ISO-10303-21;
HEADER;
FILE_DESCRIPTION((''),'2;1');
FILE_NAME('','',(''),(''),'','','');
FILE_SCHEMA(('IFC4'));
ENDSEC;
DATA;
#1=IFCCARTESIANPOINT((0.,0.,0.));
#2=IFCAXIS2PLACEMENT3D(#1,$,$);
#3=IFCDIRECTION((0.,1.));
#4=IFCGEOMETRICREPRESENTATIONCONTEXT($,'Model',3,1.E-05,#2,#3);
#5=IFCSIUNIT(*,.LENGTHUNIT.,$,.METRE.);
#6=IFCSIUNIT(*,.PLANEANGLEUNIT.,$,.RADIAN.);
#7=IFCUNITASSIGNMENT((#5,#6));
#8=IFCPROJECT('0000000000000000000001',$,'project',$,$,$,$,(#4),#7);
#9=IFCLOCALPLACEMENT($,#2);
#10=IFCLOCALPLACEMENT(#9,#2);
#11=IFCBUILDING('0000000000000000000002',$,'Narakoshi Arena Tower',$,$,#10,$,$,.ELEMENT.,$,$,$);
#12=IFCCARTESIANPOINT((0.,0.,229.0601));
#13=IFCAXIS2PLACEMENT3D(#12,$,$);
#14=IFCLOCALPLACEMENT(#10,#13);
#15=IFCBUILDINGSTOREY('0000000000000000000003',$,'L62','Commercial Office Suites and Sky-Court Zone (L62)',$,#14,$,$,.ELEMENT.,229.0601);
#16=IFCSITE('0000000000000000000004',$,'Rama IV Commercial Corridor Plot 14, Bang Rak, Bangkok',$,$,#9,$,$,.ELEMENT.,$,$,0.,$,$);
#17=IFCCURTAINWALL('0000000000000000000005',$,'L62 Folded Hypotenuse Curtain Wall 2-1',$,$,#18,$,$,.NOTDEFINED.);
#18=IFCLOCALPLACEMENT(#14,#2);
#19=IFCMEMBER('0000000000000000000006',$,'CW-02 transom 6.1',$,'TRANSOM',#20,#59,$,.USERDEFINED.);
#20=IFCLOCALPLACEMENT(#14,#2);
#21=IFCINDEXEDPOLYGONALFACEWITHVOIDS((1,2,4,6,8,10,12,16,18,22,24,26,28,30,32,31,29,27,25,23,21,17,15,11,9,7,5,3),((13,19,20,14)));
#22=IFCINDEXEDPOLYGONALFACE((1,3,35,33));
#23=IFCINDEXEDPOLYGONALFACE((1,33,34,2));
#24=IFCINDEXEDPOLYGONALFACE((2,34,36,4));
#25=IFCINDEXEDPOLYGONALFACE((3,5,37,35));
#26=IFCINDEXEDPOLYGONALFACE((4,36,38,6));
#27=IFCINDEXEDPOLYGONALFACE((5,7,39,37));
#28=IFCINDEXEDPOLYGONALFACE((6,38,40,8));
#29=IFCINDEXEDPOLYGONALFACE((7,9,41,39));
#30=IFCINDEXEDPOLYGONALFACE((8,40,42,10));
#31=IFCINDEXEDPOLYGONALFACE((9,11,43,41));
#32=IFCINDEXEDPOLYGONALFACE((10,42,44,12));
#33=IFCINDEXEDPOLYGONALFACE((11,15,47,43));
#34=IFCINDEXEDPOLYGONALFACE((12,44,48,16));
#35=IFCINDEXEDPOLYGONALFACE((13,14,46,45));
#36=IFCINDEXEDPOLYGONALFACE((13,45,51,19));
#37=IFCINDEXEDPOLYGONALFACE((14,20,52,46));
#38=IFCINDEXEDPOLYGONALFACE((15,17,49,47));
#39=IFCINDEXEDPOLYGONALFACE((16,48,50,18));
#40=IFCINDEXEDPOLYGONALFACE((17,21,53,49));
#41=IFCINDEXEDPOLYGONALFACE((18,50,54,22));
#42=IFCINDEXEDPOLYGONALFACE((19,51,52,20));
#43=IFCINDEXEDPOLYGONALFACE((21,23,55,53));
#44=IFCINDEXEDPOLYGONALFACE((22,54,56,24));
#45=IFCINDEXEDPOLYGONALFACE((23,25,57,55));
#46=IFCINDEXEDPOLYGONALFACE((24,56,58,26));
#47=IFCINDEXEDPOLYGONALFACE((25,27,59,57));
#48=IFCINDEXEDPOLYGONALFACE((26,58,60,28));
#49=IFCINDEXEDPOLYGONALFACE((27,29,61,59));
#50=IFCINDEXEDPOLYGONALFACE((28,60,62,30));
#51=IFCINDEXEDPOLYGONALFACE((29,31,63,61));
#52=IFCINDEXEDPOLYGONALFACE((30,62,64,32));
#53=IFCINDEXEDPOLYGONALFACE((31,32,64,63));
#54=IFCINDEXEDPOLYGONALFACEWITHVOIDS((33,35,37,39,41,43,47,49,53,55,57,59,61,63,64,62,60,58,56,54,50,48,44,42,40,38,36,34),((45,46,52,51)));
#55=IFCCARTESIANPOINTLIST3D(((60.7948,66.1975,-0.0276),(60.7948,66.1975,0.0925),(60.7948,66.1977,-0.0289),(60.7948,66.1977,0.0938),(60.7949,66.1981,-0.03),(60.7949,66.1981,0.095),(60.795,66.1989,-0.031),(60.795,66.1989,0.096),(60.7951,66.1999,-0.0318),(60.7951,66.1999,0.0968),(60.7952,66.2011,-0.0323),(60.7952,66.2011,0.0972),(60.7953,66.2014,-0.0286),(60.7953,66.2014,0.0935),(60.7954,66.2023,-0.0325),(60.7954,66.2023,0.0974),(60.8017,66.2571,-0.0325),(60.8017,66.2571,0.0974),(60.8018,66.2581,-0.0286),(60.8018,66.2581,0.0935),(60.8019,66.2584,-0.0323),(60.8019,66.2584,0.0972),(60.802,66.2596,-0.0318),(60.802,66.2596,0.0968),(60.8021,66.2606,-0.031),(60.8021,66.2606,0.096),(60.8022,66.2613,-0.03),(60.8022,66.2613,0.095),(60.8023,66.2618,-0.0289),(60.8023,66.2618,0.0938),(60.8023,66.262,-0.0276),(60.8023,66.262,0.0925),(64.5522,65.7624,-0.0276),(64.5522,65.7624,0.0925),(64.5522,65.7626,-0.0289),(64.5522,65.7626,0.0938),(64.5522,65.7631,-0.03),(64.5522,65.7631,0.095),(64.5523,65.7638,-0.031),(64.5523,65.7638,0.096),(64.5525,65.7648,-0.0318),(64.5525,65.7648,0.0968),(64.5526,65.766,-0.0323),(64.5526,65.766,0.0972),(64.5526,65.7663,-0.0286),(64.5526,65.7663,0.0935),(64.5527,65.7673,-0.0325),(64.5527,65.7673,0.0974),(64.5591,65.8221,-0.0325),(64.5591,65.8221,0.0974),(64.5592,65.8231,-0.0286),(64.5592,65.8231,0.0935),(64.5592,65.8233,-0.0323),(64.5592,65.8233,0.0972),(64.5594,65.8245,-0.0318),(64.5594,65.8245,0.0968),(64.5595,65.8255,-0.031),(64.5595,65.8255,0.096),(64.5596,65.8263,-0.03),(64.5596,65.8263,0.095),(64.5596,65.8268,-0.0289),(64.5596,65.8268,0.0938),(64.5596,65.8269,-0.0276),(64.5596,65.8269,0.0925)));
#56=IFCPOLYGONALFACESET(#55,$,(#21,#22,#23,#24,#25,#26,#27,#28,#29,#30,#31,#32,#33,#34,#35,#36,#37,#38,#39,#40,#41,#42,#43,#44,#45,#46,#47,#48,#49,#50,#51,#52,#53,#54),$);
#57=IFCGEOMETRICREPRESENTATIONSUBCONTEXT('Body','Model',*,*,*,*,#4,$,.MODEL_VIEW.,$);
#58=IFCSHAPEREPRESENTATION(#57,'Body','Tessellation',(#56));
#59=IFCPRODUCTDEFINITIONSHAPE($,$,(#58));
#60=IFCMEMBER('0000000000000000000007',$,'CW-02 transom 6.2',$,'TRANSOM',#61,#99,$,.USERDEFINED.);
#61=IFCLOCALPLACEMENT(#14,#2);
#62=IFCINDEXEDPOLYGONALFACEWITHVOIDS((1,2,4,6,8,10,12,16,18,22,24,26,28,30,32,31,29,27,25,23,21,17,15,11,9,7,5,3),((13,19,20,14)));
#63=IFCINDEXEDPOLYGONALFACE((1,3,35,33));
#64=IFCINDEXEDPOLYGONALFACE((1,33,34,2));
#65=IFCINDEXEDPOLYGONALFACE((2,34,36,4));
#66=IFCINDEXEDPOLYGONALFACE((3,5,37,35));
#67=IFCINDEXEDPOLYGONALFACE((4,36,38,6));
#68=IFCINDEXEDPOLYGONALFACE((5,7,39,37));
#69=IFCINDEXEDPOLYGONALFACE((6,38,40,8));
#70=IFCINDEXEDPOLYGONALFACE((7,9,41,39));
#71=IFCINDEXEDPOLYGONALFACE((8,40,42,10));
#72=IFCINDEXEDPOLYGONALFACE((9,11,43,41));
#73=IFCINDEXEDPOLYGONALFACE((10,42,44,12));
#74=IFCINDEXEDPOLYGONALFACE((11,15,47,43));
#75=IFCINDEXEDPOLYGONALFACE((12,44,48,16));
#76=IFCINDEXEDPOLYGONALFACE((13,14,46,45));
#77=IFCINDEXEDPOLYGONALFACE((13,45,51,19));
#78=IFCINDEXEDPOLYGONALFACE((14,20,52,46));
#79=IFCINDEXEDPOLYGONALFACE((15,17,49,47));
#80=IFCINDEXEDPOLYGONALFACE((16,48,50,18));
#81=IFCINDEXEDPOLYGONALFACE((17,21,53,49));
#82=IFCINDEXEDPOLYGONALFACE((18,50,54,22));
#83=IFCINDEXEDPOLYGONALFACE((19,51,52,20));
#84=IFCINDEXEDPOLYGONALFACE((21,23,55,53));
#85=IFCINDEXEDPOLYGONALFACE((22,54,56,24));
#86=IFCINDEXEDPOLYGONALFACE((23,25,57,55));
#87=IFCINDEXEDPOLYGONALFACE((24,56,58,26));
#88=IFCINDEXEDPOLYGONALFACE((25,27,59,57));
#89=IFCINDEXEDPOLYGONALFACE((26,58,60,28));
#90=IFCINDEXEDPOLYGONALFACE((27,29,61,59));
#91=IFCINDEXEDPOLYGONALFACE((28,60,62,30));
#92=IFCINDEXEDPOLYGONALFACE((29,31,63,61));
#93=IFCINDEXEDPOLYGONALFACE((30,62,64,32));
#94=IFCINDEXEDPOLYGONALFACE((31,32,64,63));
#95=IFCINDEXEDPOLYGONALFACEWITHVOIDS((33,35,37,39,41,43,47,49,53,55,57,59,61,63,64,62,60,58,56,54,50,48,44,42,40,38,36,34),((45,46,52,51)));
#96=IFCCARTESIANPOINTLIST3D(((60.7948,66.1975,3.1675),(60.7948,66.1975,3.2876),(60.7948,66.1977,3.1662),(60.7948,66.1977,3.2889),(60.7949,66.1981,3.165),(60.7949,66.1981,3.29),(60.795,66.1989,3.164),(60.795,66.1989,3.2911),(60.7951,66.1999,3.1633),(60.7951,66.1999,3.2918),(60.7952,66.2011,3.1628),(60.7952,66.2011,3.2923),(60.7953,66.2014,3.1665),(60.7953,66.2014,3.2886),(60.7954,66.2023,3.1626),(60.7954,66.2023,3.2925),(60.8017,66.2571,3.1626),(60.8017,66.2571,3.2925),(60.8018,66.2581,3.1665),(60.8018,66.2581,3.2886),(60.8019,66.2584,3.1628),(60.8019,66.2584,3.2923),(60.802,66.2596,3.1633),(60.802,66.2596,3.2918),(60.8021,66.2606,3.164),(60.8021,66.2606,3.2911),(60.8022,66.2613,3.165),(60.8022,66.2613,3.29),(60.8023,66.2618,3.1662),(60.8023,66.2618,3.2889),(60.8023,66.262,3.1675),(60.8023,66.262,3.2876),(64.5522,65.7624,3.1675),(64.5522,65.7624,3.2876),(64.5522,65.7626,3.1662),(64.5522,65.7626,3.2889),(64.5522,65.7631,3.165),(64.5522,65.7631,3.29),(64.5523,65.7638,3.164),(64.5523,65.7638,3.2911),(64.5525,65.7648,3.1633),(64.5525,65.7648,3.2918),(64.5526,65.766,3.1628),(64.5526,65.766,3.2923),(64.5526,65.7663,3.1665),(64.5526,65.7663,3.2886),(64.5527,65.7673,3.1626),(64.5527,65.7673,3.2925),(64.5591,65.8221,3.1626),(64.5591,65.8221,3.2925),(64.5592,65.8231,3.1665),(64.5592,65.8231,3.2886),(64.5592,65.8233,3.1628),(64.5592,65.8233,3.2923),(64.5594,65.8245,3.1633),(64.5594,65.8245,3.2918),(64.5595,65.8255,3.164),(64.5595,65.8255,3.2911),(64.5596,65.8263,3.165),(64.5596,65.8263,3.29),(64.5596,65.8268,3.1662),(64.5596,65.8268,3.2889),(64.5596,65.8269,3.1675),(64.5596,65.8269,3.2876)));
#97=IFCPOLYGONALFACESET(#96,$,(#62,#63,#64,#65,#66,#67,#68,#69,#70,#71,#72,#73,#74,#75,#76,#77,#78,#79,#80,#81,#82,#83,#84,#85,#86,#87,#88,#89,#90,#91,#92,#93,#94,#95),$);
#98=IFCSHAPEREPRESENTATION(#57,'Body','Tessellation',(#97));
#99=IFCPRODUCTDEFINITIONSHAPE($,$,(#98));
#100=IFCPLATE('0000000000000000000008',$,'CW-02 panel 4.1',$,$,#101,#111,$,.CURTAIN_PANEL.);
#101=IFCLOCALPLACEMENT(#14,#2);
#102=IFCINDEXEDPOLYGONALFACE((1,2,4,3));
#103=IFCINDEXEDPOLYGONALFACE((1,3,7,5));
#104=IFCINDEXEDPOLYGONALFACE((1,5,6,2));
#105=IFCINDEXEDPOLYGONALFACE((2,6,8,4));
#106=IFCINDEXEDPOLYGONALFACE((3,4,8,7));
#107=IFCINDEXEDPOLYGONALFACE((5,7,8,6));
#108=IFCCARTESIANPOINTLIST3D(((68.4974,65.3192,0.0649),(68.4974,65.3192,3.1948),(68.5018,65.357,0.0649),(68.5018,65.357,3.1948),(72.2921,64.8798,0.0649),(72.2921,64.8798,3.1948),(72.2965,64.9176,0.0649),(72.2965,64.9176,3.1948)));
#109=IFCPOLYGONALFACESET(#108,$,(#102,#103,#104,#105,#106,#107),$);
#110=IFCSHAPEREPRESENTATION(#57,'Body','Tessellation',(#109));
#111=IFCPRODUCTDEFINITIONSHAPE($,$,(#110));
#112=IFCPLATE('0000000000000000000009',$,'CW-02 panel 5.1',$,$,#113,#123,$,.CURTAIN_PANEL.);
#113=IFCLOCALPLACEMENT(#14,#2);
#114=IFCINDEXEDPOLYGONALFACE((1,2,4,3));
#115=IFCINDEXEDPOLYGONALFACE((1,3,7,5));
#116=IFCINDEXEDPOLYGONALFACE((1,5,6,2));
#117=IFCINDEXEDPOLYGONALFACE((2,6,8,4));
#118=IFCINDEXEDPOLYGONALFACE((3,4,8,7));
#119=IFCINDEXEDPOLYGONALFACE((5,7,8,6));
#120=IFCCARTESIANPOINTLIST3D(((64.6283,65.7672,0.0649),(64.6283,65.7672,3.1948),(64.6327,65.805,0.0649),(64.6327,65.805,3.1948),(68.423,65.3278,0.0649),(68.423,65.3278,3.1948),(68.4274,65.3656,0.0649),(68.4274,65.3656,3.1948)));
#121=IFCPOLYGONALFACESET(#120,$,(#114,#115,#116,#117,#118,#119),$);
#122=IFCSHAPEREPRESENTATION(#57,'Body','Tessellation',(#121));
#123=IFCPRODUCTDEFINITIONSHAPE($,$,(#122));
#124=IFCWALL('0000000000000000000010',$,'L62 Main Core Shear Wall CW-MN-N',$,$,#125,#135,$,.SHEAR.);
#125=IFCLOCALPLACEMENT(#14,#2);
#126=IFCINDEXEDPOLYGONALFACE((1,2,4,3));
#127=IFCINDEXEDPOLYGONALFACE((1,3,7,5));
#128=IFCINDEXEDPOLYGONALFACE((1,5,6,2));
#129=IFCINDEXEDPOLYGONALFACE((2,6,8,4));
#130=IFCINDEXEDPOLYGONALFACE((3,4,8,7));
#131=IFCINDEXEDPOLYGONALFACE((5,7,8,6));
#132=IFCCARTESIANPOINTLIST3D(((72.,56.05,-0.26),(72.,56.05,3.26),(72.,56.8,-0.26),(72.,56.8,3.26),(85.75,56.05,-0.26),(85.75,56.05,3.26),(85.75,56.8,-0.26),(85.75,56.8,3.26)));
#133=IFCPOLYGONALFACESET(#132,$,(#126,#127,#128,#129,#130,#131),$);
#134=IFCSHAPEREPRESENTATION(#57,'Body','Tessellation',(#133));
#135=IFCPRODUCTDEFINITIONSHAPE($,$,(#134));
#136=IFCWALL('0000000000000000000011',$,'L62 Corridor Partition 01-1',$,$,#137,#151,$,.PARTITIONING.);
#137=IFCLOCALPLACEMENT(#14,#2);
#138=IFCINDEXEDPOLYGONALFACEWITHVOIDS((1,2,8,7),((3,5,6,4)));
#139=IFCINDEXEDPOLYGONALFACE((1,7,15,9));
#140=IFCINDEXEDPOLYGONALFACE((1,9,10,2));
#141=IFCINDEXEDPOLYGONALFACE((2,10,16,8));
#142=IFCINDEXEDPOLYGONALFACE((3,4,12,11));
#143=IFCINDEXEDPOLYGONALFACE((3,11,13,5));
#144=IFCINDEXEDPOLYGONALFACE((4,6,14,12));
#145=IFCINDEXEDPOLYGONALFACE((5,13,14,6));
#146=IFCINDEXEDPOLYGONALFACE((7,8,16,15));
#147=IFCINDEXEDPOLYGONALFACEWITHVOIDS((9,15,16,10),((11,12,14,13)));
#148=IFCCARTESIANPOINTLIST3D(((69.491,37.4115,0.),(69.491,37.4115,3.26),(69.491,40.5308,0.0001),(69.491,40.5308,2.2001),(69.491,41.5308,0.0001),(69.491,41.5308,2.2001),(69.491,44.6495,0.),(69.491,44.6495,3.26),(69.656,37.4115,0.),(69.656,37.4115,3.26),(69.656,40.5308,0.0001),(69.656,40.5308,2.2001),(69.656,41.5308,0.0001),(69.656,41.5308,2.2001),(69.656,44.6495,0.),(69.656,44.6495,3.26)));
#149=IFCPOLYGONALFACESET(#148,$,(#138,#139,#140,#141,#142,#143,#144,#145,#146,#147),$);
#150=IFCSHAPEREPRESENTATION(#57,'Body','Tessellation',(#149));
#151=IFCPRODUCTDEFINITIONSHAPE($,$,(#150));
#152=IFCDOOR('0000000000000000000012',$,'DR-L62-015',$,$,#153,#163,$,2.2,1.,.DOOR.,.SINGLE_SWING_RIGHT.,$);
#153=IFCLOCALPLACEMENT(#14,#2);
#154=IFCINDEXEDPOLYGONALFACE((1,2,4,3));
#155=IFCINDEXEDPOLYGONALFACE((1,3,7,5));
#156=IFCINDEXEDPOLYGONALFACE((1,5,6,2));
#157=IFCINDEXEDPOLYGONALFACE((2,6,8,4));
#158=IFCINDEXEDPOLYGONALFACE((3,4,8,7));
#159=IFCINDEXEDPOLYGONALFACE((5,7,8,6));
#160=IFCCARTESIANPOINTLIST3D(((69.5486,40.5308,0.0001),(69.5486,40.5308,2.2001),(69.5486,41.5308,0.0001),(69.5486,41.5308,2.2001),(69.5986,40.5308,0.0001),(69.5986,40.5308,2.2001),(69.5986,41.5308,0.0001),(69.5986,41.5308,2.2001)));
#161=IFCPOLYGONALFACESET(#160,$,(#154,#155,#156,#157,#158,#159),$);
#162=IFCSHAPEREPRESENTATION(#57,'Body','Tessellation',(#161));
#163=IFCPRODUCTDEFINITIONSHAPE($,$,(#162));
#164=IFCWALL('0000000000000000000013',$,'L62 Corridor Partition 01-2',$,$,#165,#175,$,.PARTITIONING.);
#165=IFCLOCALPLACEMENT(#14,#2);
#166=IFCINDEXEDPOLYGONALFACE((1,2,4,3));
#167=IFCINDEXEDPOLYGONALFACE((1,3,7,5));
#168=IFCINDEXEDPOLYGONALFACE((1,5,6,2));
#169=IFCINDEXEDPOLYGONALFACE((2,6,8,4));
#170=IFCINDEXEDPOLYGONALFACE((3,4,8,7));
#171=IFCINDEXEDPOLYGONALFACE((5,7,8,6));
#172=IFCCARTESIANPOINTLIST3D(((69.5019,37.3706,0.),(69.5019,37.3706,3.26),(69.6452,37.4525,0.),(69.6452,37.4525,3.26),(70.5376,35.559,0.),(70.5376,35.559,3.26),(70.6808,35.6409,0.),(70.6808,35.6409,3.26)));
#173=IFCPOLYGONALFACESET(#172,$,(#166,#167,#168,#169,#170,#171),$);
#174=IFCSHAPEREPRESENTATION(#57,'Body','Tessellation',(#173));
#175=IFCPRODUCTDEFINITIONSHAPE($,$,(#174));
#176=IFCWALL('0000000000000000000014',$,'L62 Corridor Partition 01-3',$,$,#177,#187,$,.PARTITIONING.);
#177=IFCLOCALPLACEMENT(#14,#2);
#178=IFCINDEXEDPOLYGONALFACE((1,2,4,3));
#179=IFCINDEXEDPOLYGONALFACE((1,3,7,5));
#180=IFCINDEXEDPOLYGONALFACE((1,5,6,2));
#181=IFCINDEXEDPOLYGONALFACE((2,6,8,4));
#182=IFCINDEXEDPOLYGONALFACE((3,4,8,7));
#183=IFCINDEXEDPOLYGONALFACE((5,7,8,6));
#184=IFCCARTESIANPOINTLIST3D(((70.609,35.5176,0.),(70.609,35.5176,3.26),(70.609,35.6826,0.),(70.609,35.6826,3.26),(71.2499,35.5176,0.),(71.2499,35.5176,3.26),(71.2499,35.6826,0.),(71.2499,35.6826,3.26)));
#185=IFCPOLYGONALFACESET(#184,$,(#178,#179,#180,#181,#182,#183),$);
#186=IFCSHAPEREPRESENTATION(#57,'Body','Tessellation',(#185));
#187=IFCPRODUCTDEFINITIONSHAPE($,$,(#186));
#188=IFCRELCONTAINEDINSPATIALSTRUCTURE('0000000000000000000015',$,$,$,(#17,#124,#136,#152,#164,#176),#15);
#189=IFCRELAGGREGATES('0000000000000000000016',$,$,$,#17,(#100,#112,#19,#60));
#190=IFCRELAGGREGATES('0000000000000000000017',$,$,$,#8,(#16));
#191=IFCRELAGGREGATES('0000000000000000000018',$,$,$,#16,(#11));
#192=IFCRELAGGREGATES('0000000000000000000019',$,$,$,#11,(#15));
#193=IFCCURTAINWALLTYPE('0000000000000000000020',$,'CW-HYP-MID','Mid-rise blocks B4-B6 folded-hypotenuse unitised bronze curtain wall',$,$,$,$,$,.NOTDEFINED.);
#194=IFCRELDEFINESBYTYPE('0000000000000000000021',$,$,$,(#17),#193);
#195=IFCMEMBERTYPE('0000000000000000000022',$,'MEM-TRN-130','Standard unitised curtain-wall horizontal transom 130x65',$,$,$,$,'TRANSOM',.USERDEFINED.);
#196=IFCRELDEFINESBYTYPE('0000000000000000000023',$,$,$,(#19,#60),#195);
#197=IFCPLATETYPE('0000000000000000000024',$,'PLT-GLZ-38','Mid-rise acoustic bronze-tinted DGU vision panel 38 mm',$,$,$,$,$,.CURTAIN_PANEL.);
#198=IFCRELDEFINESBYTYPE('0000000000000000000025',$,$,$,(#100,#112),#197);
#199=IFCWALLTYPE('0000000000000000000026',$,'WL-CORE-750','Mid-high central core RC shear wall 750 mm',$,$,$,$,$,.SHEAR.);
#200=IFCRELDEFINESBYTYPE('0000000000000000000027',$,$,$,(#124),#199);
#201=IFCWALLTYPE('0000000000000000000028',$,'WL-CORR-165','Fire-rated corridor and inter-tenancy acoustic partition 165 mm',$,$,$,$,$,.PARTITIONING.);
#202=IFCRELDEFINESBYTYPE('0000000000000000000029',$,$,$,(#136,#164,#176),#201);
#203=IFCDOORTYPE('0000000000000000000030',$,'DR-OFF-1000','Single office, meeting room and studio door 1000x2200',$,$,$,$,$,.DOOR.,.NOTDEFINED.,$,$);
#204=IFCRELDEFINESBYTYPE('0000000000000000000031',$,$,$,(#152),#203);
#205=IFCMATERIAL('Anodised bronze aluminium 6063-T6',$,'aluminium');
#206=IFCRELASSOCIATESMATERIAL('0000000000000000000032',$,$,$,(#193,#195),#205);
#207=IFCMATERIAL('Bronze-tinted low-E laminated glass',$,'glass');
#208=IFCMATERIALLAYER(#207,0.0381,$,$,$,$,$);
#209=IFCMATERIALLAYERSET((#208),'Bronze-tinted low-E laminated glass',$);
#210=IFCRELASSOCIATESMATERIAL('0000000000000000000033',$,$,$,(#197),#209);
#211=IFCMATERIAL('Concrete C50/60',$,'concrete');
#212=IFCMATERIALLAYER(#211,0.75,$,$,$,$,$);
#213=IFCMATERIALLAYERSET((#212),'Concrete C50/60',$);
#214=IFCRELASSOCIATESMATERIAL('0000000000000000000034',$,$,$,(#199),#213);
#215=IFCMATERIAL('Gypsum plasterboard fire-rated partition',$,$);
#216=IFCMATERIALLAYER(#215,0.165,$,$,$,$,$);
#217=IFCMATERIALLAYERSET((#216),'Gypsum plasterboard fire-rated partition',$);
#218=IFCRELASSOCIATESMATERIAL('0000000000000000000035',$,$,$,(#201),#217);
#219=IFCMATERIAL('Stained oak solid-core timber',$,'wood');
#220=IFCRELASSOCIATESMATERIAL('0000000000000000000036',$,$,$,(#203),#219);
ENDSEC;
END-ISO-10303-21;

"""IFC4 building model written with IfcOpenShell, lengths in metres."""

from ifc_helpers import new_model, si_unit, direction, frame, frame_2d, origin, origin_2d, place, context, subcontext, project, spatial, rectangle, hollow_rectangle, extrude, material, layer, layer_set, material_profile, profile_set, type_object, element, fill, aggregate, save


model = new_model("IFC4")

# Units and contexts
model_context = context("Model", 3, precision=1e-05, world=origin(), true_north=direction((0.0, 1.0)))
body_context = subcontext(model_context, "Body", "Model", "MODEL_VIEW")
ifc_project = project(units=[si_unit("LENGTHUNIT", "METRE"), si_unit("PLANEANGLEUNIT", "RADIAN")], contexts=[model_context])

# Site, building, storey
site_placement = place(None, origin())
site = spatial("IfcSite", under=ifc_project, at=site_placement, Name="Rama IV Commercial Corridor Plot 14, Bang Rak, Bangkok", CompositionType="ELEMENT", RefElevation=0.0)
building_placement = place(site_placement, origin())
building = spatial("IfcBuilding", under=site, at=building_placement, Name="Narakoshi Arena Tower", CompositionType="ELEMENT")
storey_placement = place(building_placement, frame((0.0, 0.0, 229.0601)))
storey = spatial("IfcBuildingStorey", under=building, at=storey_placement, Name="L62", Description="Commercial Office Suites and Sky-Court Zone (L62)", CompositionType="ELEMENT", Elevation=229.0601)

# Shared definitions
ifc_material_1 = material(Name="Concrete C50/60", Category="concrete")

# Curtain wall, members, plates
ifc_material_2 = material(Name="Anodised bronze aluminium 6063-T6", Category="aluminium")
curtain_wall_type = type_object("IfcCurtainWallType", Name="CW-HYP-MID", Description="Mid-rise blocks B4-B6 folded-hypotenuse unitised bronze curtain wall", PredefinedType="NOTDEFINED", material=ifc_material_2)
curtain_wall_placement = place(storey_placement, origin())
curtain_wall = element("IfcCurtainWall", 1, at=curtain_wall_placement, inside=storey, type_object=curtain_wall_type, Name="L62 Folded Hypotenuse Curtain Wall 2-1", PredefinedType="NOTDEFINED")
ifc_material_profile_1 = material_profile(ifc_material_2, hollow_rectangle(XDim=0.0649, YDim=0.1299, WallThickness=0.0039, OuterFilletRadius=0.0049, at=origin_2d()), Name="TRN130x65x4")
ifc_profile_set_1 = profile_set([ifc_material_profile_1], Name="Anodised bronze aluminium 6063-T6")
member_type_1 = type_object("IfcMemberType", Name="MEM-TRN-130", Description="Standard unitised curtain-wall horizontal transom 130x65", ElementType="TRANSOM", PredefinedType="USERDEFINED", material=ifc_profile_set_1)
member_1_placement = place(storey_placement, frame((64.5559, 65.7947, 0.0325), z_axis=(-0.993363, 0.115021, 0.0), x_axis=(-0.115021, -0.993363, 0.0)))
member_1 = element("IfcMember", 2, at=member_1_placement, type_object=member_type_1, Name="CW-02 transom 6.1", ObjectType="TRANSOM", PredefinedType="USERDEFINED", context=body_context, shape_type="SweptSolid", body=[
    extrude(hollow_rectangle(XDim=0.0649, YDim=0.1299, WallThickness=0.0039, OuterFilletRadius=0.0049, at=origin_2d()), origin(), (0.0, 0.0, 1.0), 3.7825),
])
member_2_placement = place(storey_placement, frame((64.5559, 65.7947, 3.2275), z_axis=(-0.993363, 0.115021, 0.0), x_axis=(-0.115021, -0.993363, 0.0)))
member_2 = element("IfcMember", 3, at=member_2_placement, type_object=member_type_1, Name="CW-02 transom 6.2", ObjectType="TRANSOM", PredefinedType="USERDEFINED", context=body_context, shape_type="SweptSolid", body=[
    extrude(hollow_rectangle(XDim=0.0649, YDim=0.1299, WallThickness=0.0039, OuterFilletRadius=0.0049, at=origin_2d()), origin(), (0.0, 0.0, 1.0), 3.7825),
])
ifc_material_3 = material(Name="Bronze-tinted low-E laminated glass", Category="glass")
ifc_layer_1 = layer(ifc_material_3, 0.0381)
ifc_layer_set_1 = layer_set([ifc_layer_1], Name="Bronze-tinted low-E laminated glass")
plate_type = type_object("IfcPlateType", Name="PLT-GLZ-38", Description="Mid-rise acoustic bronze-tinted DGU vision panel 38 mm", PredefinedType="CURTAIN_PANEL", material=ifc_layer_set_1)
plate_1_placement = place(storey_placement, frame((70.397, 65.1184, 0.0649), z_axis=(0.0, 0.0, 1.0), x_axis=(-0.993364, 0.115011, 0.0)))
plate_1 = element("IfcPlate", 4, at=plate_1_placement, type_object=plate_type, Name="CW-02 panel 4.1", PredefinedType="CURTAIN_PANEL", context=body_context, shape_type="SweptSolid", body=[
    extrude(rectangle(XDim=3.8201, YDim=0.0381, at=origin_2d()), origin(), (0.0, 0.0, 1.0), 3.1299),
])
plate_2_placement = place(storey_placement, frame((66.5278, 65.5664, 0.0649), z_axis=(0.0, 0.0, 1.0), x_axis=(-0.993364, 0.115011, 0.0)))
plate_2 = element("IfcPlate", 5, at=plate_2_placement, type_object=plate_type, Name="CW-02 panel 5.1", PredefinedType="CURTAIN_PANEL", context=body_context, shape_type="SweptSolid", body=[
    extrude(rectangle(XDim=3.8201, YDim=0.0381, at=origin_2d()), origin(), (0.0, 0.0, 1.0), 3.1299),
])
aggregate(curtain_wall, [plate_1, plate_2, member_1, member_2])

# Wall
ifc_layer_2 = layer(ifc_material_1, 0.75)
ifc_layer_set_2 = layer_set([ifc_layer_2], Name="Concrete C50/60")
wall_type_1 = type_object("IfcWallType", Name="WL-CORE-750", Description="Mid-high central core RC shear wall 750 mm", PredefinedType="SHEAR", material=ifc_layer_set_2)
wall_1_placement = place(storey_placement, frame((72.0, 56.425, -0.26), z_axis=(0.0, 0.0, 1.0), x_axis=(1.0, 0.0, 0.0)))
element("IfcWall", 6, at=wall_1_placement, inside=storey, type_object=wall_type_1, Name="L62 Main Core Shear Wall CW-MN-N", PredefinedType="SHEAR", context=body_context, shape_type="SweptSolid", body=[
    extrude(rectangle(XDim=13.75, YDim=0.75, at=frame_2d((6.875, 0.0))), origin(), (0.0, 0.0, 1.0), 3.52),
])

# Wall, opening, door
ifc_material_4 = material(Name="Gypsum plasterboard fire-rated partition")
ifc_layer_3 = layer(ifc_material_4, 0.165)
ifc_layer_set_3 = layer_set([ifc_layer_3], Name="Gypsum plasterboard fire-rated partition")
wall_type_2 = type_object("IfcWallType", Name="WL-CORR-165", Description="Fire-rated corridor and inter-tenancy acoustic partition 165 mm", PredefinedType="PARTITIONING", material=ifc_layer_set_3)
wall_2_placement = place(storey_placement, frame((69.5735, 44.6497, 0.0), z_axis=(0.0, 0.0, 1.0), x_axis=(0.0, -1.0, 0.0)))
wall_2 = element("IfcWall", 7, at=wall_2_placement, inside=storey, type_object=wall_type_2, Name="L62 Corridor Partition 01-1", PredefinedType="PARTITIONING", context=body_context, shape_type="SweptSolid", body=[
    extrude(rectangle(XDim=7.238, YDim=0.165, at=frame_2d((3.6191, 0.0))), origin(), (0.0, 0.0, 1.0), 3.26),
])
opening_1_placement = place(wall_2_placement, frame((3.1189, 0.0, 0.0)))
opening_1 = element("IfcOpeningElement", 8, at=opening_1_placement, cuts=wall_2, PredefinedType="OPENING", context=body_context, shape_type="SweptSolid", body=[
    extrude(rectangle(XDim=1.0, YDim=2.2, at=frame_2d((0.5, 1.1001))), frame((0.0, 0.0925, 0.0), z_axis=(0.0, -1.0, 0.0), x_axis=(1.0, 0.0, 0.0)), (0.0, 0.0, 1.0), 0.1851),
])
ifc_material_5 = material(Name="Stained oak solid-core timber", Category="wood")
door_type = type_object("IfcDoorType", Name="DR-OFF-1000", Description="Single office, meeting room and studio door 1000x2200", OperationType="NOTDEFINED", PredefinedType="DOOR", material=ifc_material_5)
door_1_placement = place(opening_1_placement, frame((1.0, 0.0, 0.0), z_axis=(0.0, 0.0, 1.0), x_axis=(-1.0, 0.0, 0.0)))
door_1 = element("IfcDoor", 9, at=door_1_placement, inside=storey, type_object=door_type, Name="DR-L62-015", OperationType="SINGLE_SWING_RIGHT", OverallHeight=2.2, OverallWidth=1.0, PredefinedType="DOOR", context=body_context, shape_type="SweptSolid", body=[
    extrude(rectangle(XDim=1.0, YDim=2.2, at=frame_2d((0.5, 1.1001))), frame((0.0, 0.0249, 0.0), z_axis=(0.0, -1.0, 0.0), x_axis=(1.0, 0.0, 0.0)), (0.0, 0.0, 1.0), 0.05),
])
fill(opening_1, door_1)

# Walls
wall_3_placement = place(storey_placement, frame((69.5735, 37.4116, 0.0), z_axis=(0.0, 0.0, 1.0), x_axis=(0.496315, -0.868142, 0.0)))
element("IfcWall", 10, at=wall_3_placement, inside=storey, type_object=wall_type_2, Name="L62 Corridor Partition 01-2", PredefinedType="PARTITIONING", context=body_context, shape_type="SweptSolid", body=[
    extrude(rectangle(XDim=2.0867, YDim=0.165, at=frame_2d((1.0435, 0.0))), origin(), (0.0, 0.0, 1.0), 3.26),
])
wall_4_placement = place(storey_placement, frame((70.6091, 35.6001, 0.0), z_axis=(0.0, 0.0, 1.0), x_axis=(1.0, 0.0, 0.0)))
element("IfcWall", 11, at=wall_4_placement, inside=storey, type_object=wall_type_2, Name="L62 Corridor Partition 01-3", PredefinedType="PARTITIONING", context=body_context, shape_type="SweptSolid", body=[
    extrude(rectangle(XDim=0.6409, YDim=0.165, at=frame_2d((0.3203, 0.0))), origin(), (0.0, 0.0, 1.0), 3.26),
])

save(model, "model.ifc")
